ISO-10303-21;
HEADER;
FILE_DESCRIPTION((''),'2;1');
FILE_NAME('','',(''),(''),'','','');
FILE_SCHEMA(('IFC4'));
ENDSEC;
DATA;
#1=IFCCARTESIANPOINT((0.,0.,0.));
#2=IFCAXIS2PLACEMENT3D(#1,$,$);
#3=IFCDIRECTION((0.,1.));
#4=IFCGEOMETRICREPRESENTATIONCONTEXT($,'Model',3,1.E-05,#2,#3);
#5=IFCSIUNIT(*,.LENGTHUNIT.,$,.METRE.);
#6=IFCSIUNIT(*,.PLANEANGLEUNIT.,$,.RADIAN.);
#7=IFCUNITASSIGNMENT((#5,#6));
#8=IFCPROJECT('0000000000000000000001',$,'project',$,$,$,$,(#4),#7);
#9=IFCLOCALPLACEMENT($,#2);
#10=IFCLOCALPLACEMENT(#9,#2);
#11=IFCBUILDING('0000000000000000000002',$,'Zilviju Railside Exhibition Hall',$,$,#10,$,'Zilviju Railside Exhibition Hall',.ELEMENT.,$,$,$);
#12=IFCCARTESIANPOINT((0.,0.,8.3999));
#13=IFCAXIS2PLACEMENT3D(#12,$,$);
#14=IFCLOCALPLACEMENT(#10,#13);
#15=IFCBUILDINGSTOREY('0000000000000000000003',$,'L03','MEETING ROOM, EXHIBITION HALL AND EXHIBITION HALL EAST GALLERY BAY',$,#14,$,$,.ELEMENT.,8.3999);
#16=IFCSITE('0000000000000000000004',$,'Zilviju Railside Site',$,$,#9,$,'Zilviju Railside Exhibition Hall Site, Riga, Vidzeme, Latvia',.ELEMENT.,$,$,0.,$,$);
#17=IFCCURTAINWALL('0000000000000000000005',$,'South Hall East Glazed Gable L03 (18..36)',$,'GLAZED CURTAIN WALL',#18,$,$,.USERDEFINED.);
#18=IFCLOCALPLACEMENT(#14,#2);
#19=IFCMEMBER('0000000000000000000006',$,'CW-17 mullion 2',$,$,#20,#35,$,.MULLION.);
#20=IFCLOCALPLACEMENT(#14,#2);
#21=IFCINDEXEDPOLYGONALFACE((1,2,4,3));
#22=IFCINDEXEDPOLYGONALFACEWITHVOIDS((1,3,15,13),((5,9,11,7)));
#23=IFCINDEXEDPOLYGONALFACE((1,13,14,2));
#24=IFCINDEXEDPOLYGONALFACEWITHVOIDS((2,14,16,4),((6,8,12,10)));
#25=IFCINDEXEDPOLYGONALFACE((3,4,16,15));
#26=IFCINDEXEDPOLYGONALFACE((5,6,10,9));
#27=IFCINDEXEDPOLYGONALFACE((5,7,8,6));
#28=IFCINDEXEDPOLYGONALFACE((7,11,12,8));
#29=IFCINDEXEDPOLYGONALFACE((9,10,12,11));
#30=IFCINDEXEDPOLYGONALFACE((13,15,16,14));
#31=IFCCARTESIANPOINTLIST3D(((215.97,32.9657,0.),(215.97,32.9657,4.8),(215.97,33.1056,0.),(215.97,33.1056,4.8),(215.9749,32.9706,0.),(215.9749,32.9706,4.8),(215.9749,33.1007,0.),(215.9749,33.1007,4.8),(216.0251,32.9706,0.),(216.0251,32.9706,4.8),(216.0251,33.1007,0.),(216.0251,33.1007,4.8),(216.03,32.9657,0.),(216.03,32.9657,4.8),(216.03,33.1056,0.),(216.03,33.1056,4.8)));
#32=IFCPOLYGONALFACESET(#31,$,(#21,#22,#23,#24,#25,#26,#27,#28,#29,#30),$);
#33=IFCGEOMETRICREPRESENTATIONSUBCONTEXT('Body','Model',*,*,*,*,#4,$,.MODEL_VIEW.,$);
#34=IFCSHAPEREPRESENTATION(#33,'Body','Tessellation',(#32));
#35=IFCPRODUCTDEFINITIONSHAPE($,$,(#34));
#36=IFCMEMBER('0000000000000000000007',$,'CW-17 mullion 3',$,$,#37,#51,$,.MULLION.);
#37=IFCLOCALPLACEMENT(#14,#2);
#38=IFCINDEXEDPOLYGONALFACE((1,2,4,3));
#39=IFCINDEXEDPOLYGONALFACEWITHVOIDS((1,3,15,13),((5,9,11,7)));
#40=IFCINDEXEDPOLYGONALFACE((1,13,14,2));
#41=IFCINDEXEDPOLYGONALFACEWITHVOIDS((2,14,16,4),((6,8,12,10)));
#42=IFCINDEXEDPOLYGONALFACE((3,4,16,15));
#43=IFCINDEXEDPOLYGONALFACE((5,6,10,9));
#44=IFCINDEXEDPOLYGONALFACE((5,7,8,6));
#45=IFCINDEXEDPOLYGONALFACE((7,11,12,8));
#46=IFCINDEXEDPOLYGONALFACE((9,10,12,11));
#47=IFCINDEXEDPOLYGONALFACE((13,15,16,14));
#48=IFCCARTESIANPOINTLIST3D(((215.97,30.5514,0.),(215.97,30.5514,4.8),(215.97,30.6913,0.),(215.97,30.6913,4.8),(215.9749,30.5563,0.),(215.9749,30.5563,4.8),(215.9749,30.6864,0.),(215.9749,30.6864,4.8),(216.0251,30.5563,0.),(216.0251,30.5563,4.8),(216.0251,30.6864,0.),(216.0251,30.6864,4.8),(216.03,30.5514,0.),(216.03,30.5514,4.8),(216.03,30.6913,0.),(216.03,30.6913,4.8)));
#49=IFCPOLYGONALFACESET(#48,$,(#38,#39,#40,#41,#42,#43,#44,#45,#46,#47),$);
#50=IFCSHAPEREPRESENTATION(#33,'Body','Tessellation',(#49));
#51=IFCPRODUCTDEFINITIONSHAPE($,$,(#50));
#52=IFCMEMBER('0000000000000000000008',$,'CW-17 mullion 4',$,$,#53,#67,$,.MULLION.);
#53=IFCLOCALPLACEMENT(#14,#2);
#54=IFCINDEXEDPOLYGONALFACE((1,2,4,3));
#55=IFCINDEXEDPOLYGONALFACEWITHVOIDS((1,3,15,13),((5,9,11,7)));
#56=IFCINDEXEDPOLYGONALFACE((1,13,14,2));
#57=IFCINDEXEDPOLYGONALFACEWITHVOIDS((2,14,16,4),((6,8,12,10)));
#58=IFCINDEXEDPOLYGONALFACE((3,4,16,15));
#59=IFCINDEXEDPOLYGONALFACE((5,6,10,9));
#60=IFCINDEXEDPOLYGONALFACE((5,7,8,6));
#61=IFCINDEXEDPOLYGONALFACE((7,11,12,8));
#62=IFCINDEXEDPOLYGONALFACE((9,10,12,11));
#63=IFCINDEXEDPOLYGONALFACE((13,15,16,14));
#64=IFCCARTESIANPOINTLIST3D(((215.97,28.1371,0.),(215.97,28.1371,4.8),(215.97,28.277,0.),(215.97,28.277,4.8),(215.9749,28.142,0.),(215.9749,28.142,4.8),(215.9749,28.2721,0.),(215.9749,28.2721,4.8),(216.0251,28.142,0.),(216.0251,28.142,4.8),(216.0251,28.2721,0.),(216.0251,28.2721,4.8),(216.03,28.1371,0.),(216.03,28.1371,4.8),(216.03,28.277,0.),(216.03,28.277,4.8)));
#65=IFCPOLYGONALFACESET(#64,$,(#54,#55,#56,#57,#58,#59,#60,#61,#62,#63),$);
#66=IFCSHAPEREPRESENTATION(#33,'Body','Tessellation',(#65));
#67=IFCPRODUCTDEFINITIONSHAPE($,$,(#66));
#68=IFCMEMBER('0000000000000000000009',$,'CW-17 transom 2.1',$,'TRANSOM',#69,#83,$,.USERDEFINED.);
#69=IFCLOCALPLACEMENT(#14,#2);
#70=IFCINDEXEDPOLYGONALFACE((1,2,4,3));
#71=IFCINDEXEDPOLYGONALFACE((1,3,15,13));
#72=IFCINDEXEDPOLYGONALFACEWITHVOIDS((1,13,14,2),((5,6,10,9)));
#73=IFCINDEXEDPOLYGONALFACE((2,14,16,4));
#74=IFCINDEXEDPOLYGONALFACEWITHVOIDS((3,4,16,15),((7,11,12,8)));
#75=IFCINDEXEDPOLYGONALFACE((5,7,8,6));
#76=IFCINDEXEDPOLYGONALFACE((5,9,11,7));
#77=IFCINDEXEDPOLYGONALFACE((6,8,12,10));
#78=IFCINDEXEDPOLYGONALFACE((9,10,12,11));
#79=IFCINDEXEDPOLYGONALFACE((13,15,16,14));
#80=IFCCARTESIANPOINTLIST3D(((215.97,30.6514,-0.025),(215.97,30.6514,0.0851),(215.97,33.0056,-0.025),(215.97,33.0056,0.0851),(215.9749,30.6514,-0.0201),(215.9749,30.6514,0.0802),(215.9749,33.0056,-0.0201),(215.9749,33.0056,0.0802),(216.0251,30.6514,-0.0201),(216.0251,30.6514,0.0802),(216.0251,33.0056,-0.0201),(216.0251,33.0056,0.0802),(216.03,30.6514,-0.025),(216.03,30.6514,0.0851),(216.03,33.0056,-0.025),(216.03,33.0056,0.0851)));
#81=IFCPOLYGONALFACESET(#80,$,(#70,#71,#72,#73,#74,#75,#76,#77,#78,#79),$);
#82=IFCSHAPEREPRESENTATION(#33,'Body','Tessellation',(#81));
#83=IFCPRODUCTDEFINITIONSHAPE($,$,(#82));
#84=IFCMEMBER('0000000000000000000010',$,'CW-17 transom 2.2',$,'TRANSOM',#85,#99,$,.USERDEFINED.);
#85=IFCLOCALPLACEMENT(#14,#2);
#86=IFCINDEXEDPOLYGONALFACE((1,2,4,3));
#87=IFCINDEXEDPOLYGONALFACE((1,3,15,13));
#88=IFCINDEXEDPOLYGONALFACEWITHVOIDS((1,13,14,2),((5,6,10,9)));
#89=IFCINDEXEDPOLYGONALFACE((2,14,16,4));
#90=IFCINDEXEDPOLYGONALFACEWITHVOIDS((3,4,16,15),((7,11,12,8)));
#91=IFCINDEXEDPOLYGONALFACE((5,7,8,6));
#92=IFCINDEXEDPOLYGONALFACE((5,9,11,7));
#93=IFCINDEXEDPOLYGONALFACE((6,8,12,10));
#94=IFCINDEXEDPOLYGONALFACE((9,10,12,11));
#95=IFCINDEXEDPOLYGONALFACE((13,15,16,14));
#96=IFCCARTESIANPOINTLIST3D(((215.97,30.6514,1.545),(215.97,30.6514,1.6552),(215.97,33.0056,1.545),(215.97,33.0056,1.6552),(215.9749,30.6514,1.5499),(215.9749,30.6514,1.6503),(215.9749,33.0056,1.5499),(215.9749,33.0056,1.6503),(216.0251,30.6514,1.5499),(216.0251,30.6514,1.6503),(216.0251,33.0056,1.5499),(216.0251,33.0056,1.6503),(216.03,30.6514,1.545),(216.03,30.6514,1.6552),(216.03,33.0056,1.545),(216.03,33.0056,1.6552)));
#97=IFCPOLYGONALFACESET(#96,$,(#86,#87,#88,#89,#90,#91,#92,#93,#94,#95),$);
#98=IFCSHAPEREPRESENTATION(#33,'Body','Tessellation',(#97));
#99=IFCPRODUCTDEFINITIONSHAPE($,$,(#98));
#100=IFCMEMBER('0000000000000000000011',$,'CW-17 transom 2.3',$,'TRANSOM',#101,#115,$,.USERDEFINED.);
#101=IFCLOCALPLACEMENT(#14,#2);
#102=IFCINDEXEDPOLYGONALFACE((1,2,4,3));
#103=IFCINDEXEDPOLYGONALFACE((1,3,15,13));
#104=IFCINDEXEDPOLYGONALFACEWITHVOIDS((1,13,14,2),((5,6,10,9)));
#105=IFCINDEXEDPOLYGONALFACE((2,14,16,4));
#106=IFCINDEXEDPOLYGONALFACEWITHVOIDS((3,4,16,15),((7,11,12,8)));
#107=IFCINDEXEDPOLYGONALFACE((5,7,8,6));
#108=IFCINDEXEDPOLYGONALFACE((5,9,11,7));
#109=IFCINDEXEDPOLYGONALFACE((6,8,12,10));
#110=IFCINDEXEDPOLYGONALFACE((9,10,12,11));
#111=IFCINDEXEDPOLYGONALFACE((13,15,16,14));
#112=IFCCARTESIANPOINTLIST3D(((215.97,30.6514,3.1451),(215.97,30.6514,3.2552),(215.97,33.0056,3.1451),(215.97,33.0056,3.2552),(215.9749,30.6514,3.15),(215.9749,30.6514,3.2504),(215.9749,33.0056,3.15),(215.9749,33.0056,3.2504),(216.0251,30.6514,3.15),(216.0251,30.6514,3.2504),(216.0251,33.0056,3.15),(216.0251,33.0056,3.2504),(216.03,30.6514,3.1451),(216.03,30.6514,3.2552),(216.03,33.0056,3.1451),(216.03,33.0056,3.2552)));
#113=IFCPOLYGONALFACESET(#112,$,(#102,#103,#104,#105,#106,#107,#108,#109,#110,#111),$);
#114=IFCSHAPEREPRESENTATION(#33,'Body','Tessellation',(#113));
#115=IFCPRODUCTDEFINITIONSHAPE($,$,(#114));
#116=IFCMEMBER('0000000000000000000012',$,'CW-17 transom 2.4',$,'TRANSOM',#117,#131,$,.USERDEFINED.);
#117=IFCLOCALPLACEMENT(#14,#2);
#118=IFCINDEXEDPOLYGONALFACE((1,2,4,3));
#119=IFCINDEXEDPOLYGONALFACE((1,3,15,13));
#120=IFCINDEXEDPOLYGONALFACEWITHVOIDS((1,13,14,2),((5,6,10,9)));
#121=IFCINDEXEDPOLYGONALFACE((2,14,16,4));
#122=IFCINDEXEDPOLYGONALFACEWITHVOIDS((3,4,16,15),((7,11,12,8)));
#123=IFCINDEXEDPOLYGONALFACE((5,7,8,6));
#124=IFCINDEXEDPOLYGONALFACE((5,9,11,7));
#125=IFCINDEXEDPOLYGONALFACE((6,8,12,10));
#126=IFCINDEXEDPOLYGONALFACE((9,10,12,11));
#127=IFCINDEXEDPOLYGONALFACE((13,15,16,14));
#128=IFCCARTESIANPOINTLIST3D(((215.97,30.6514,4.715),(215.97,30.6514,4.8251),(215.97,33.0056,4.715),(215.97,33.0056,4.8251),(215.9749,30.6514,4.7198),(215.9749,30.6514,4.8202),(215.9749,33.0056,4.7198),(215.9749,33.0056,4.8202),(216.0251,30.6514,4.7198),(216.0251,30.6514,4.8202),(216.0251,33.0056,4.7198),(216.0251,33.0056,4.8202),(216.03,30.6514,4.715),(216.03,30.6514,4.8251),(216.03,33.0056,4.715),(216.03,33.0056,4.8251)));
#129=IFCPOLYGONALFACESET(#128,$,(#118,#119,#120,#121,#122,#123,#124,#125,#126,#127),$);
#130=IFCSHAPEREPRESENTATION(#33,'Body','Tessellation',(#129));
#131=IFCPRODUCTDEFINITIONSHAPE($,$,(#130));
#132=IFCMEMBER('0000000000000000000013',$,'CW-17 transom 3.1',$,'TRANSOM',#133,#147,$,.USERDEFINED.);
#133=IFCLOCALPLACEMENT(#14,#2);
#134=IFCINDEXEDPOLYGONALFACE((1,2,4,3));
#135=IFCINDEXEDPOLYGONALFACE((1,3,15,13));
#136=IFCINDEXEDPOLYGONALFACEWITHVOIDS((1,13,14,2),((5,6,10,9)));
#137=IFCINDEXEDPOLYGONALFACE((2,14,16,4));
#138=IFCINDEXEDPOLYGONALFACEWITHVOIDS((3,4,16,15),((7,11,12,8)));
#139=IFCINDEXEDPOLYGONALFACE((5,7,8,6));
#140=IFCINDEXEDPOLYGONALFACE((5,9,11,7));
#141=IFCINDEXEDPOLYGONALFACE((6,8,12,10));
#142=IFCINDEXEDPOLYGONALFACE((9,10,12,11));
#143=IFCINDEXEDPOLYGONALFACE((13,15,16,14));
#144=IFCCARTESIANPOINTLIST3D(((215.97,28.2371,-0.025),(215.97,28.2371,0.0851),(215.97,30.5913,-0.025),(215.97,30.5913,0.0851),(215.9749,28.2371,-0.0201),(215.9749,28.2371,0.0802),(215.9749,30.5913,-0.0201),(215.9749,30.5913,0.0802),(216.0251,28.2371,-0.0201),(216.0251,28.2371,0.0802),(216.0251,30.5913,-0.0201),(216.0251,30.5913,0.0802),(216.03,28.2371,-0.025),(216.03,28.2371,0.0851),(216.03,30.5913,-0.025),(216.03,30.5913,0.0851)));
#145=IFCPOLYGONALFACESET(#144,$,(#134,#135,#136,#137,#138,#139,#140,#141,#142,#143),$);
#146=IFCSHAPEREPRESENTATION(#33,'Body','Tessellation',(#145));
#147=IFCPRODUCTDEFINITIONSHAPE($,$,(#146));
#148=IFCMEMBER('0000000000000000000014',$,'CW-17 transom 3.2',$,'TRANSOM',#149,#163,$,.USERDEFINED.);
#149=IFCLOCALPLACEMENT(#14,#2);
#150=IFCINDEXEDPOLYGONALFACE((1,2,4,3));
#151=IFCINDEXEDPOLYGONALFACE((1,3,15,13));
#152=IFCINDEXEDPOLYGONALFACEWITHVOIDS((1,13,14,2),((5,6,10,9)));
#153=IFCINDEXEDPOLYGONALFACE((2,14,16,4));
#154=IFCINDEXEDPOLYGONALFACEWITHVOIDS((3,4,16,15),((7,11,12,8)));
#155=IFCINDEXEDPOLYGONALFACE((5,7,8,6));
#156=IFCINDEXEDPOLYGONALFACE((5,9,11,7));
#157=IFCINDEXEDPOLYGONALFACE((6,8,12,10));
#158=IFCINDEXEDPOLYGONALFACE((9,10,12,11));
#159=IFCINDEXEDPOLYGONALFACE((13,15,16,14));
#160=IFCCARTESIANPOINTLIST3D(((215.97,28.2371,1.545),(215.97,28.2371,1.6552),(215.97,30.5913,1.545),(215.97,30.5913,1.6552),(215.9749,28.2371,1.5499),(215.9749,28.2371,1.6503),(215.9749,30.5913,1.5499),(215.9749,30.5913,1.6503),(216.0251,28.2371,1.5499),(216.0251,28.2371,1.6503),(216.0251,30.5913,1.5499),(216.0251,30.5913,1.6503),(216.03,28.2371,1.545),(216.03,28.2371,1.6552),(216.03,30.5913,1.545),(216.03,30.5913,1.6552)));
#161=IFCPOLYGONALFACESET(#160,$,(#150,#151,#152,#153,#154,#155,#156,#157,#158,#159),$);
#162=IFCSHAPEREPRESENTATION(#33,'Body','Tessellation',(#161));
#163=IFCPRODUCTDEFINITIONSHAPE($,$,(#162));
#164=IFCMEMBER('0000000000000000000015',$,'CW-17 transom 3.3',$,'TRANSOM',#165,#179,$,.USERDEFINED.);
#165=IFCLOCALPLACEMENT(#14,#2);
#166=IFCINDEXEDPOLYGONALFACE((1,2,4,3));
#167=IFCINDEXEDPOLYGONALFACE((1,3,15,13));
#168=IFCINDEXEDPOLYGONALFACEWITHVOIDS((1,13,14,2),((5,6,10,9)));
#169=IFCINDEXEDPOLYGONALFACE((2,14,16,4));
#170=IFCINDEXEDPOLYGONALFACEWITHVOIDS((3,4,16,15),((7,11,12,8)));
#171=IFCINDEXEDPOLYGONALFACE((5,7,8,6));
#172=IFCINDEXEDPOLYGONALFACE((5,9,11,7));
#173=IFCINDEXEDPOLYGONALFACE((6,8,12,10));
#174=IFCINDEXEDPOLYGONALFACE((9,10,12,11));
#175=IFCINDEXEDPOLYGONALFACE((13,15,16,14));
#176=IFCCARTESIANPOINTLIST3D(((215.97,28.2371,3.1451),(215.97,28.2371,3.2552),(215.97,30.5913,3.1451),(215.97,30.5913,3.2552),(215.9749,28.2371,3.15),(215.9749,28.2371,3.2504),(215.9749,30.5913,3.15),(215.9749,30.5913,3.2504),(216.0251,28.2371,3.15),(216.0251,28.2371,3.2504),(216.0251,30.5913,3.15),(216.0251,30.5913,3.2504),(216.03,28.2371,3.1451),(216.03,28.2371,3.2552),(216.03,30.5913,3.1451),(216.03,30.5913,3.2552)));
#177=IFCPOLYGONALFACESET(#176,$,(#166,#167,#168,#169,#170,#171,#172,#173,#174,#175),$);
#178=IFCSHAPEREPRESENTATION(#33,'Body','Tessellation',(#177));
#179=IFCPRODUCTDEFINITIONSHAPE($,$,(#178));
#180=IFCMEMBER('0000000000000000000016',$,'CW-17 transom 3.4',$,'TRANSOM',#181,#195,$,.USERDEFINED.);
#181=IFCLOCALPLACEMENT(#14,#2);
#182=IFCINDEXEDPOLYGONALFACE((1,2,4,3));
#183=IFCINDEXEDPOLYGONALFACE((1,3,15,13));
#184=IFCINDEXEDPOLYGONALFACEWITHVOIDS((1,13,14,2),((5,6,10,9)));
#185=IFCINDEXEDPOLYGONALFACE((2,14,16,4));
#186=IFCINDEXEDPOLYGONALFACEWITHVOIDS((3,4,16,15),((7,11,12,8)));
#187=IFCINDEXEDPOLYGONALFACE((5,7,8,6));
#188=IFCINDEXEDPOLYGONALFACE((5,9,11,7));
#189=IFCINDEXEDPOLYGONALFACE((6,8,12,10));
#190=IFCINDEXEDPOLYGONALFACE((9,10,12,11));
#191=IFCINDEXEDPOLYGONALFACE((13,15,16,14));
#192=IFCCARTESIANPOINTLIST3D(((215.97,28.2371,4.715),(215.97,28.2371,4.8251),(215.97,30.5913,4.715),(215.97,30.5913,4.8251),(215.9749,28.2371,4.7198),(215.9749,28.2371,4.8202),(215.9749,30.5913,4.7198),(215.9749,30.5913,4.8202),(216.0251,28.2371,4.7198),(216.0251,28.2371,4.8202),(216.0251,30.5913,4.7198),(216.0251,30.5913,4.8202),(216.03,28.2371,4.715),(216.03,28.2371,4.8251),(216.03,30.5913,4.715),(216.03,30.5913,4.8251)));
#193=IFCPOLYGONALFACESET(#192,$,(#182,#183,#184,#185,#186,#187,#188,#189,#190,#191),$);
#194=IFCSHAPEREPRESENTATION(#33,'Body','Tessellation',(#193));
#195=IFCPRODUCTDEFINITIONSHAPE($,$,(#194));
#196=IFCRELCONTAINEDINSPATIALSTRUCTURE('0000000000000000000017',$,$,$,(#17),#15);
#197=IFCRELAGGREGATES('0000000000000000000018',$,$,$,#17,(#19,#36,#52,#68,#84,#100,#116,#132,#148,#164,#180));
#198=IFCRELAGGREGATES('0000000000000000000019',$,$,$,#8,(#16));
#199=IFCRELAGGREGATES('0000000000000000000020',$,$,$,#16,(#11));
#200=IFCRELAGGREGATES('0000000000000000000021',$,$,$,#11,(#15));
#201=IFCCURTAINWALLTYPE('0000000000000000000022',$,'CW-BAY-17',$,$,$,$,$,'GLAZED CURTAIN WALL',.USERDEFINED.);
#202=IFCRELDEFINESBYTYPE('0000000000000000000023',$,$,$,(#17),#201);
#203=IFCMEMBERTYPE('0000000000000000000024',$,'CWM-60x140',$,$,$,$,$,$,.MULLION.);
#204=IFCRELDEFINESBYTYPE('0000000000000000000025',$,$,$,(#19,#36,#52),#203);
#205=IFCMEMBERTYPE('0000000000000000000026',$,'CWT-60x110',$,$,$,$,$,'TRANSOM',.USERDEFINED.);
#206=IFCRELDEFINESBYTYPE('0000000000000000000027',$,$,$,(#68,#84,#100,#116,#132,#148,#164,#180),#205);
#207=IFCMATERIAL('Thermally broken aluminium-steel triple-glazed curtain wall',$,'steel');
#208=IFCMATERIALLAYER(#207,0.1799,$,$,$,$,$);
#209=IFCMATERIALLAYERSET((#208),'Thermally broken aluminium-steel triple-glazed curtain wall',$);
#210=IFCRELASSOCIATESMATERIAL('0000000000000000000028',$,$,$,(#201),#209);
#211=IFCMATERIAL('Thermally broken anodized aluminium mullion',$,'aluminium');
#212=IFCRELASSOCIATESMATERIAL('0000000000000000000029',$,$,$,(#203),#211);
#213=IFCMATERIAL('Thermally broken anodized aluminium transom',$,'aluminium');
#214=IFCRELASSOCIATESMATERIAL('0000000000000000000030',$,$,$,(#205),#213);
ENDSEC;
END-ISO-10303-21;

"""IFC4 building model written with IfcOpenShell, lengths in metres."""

from ifc_helpers import new_model, si_unit, direction, frame, origin, origin_2d, place, context, subcontext, project, spatial, hollow_rectangle, extrude, material, layer, layer_set, material_profile, profile_set, type_object, element, aggregate, save


model = new_model("IFC4")

# Units and contexts
model_context = context("Model", 3, precision=1e-05, world=origin(), true_north=direction((0.0, 1.0)))
body_context = subcontext(model_context, "Body", "Model", "MODEL_VIEW")
ifc_project = project(units=[si_unit("LENGTHUNIT", "METRE"), si_unit("PLANEANGLEUNIT", "RADIAN")], contexts=[model_context])

# Site, building, storey
site_placement = place(None, origin())
site = spatial("IfcSite", under=ifc_project, at=site_placement, Name="Zilviju Railside Site", LongName="Zilviju Railside Exhibition Hall Site, Riga, Vidzeme, Latvia", CompositionType="ELEMENT", RefElevation=0.0)
building_placement = place(site_placement, origin())
building = spatial("IfcBuilding", under=site, at=building_placement, Name="Zilviju Railside Exhibition Hall", LongName="Zilviju Railside Exhibition Hall", CompositionType="ELEMENT")
storey_placement = place(building_placement, frame((0.0, 0.0, 8.3999)))
storey = spatial("IfcBuildingStorey", under=building, at=storey_placement, Name="L03", Description="MEETING ROOM, EXHIBITION HALL AND EXHIBITION HALL EAST GALLERY BAY", CompositionType="ELEMENT", Elevation=8.3999)

# Curtain wall, members
ifc_material_1 = material(Name="Thermally broken aluminium-steel triple-glazed curtain wall", Category="steel")
ifc_layer_1 = layer(ifc_material_1, 0.1799)
ifc_layer_set_1 = layer_set([ifc_layer_1], Name="Thermally broken aluminium-steel triple-glazed curtain wall")
curtain_wall_type = type_object("IfcCurtainWallType", Name="CW-BAY-17", ElementType="GLAZED CURTAIN WALL", PredefinedType="USERDEFINED", material=ifc_layer_set_1)
curtain_wall_placement = place(storey_placement, origin())
curtain_wall = element("IfcCurtainWall", 1, at=curtain_wall_placement, inside=storey, type_object=curtain_wall_type, Name="South Hall East Glazed Gable L03 (18..36)", ObjectType="GLAZED CURTAIN WALL", PredefinedType="USERDEFINED")
ifc_material_2 = material(Name="Thermally broken anodized aluminium mullion", Category="aluminium")
ifc_material_profile_1 = material_profile(ifc_material_2, hollow_rectangle(XDim=0.0601, YDim=0.1399, WallThickness=0.0049, at=origin_2d()), Name="MULLION 140x60x5")
ifc_profile_set_1 = profile_set([ifc_material_profile_1], Name="Thermally broken anodized aluminium mullion")
member_type_1 = type_object("IfcMemberType", Name="CWM-60x140", PredefinedType="MULLION", material=ifc_profile_set_1)
member_1_placement = place(storey_placement, frame((216.0, 33.0356, 0.0), z_axis=(0.0, 0.0, 1.0), x_axis=(1.0, 0.0, 0.0)))
member_1 = element("IfcMember", 2, at=member_1_placement, type_object=member_type_1, Name="CW-17 mullion 2", PredefinedType="MULLION", context=body_context, shape_type="SweptSolid", body=[
    extrude(hollow_rectangle(XDim=0.0601, YDim=0.1399, WallThickness=0.0049, at=origin_2d()), origin(), (0.0, 0.0, 1.0), 4.8),
])
member_2_placement = place(storey_placement, frame((216.0, 30.6213, 0.0), z_axis=(0.0, 0.0, 1.0), x_axis=(1.0, 0.0, 0.0)))
member_2 = element("IfcMember", 3, at=member_2_placement, type_object=member_type_1, Name="CW-17 mullion 3", PredefinedType="MULLION", context=body_context, shape_type="SweptSolid", body=[
    extrude(hollow_rectangle(XDim=0.0601, YDim=0.1399, WallThickness=0.0049, at=origin_2d()), origin(), (0.0, 0.0, 1.0), 4.8),
])
member_3_placement = place(storey_placement, frame((216.0, 28.207, 0.0), z_axis=(0.0, 0.0, 1.0), x_axis=(1.0, 0.0, 0.0)))
member_3 = element("IfcMember", 4, at=member_3_placement, type_object=member_type_1, Name="CW-17 mullion 4", PredefinedType="MULLION", context=body_context, shape_type="SweptSolid", body=[
    extrude(hollow_rectangle(XDim=0.0601, YDim=0.1399, WallThickness=0.0049, at=origin_2d()), origin(), (0.0, 0.0, 1.0), 4.8),
])
ifc_material_3 = material(Name="Thermally broken anodized aluminium transom", Category="aluminium")
ifc_material_profile_2 = material_profile(ifc_material_3, hollow_rectangle(XDim=0.0601, YDim=0.1101, WallThickness=0.0049, at=origin_2d()), Name="TRANSOM 110x60x5")
ifc_profile_set_2 = profile_set([ifc_material_profile_2], Name="Thermally broken anodized aluminium transom")
member_type_2 = type_object("IfcMemberType", Name="CWT-60x110", ElementType="TRANSOM", PredefinedType="USERDEFINED", material=ifc_profile_set_2)
member_4_placement = place(storey_placement, frame((216.0, 33.0056, 0.03), z_axis=(0.0, -1.0, 0.0), x_axis=(1.0, 0.0, 0.0)))
member_4 = element("IfcMember", 5, at=member_4_placement, type_object=member_type_2, Name="CW-17 transom 2.1", ObjectType="TRANSOM", PredefinedType="USERDEFINED", context=body_context, shape_type="SweptSolid", body=[
    extrude(hollow_rectangle(XDim=0.0601, YDim=0.1101, WallThickness=0.0049, at=origin_2d()), origin(), (0.0, 0.0, 1.0), 2.3542),
])
member_5_placement = place(storey_placement, frame((216.0, 33.0056, 1.6001), z_axis=(0.0, -1.0, 0.0), x_axis=(1.0, 0.0, 0.0)))
member_5 = element("IfcMember", 6, at=member_5_placement, type_object=member_type_2, Name="CW-17 transom 2.2", ObjectType="TRANSOM", PredefinedType="USERDEFINED", context=body_context, shape_type="SweptSolid", body=[
    extrude(hollow_rectangle(XDim=0.0601, YDim=0.1101, WallThickness=0.0049, at=origin_2d()), origin(), (0.0, 0.0, 1.0), 2.3542),
])
member_6_placement = place(storey_placement, frame((216.0, 33.0056, 3.2002), z_axis=(0.0, -1.0, 0.0), x_axis=(1.0, 0.0, 0.0)))
member_6 = element("IfcMember", 7, at=member_6_placement, type_object=member_type_2, Name="CW-17 transom 2.3", ObjectType="TRANSOM", PredefinedType="USERDEFINED", context=body_context, shape_type="SweptSolid", body=[
    extrude(hollow_rectangle(XDim=0.0601, YDim=0.1101, WallThickness=0.0049, at=origin_2d()), origin(), (0.0, 0.0, 1.0), 2.3542),
])
member_7_placement = place(storey_placement, frame((216.0, 33.0056, 4.77), z_axis=(0.0, -1.0, 0.0), x_axis=(1.0, 0.0, 0.0)))
member_7 = element("IfcMember", 8, at=member_7_placement, type_object=member_type_2, Name="CW-17 transom 2.4", ObjectType="TRANSOM", PredefinedType="USERDEFINED", context=body_context, shape_type="SweptSolid", body=[
    extrude(hollow_rectangle(XDim=0.0601, YDim=0.1101, WallThickness=0.0049, at=origin_2d()), origin(), (0.0, 0.0, 1.0), 2.3542),
])
member_8_placement = place(storey_placement, frame((216.0, 30.5913, 0.03), z_axis=(0.0, -1.0, 0.0), x_axis=(1.0, 0.0, 0.0)))
member_8 = element("IfcMember", 9, at=member_8_placement, type_object=member_type_2, Name="CW-17 transom 3.1", ObjectType="TRANSOM", PredefinedType="USERDEFINED", context=body_context, shape_type="SweptSolid", body=[
    extrude(hollow_rectangle(XDim=0.0601, YDim=0.1101, WallThickness=0.0049, at=origin_2d()), origin(), (0.0, 0.0, 1.0), 2.3542),
])
member_9_placement = place(storey_placement, frame((216.0, 30.5913, 1.6001), z_axis=(0.0, -1.0, 0.0), x_axis=(1.0, 0.0, 0.0)))
member_9 = element("IfcMember", 10, at=member_9_placement, type_object=member_type_2, Name="CW-17 transom 3.2", ObjectType="TRANSOM", PredefinedType="USERDEFINED", context=body_context, shape_type="SweptSolid", body=[
    extrude(hollow_rectangle(XDim=0.0601, YDim=0.1101, WallThickness=0.0049, at=origin_2d()), origin(), (0.0, 0.0, 1.0), 2.3542),
])
member_10_placement = place(storey_placement, frame((216.0, 30.5913, 3.2002), z_axis=(0.0, -1.0, 0.0), x_axis=(1.0, 0.0, 0.0)))
member_10 = element("IfcMember", 11, at=member_10_placement, type_object=member_type_2, Name="CW-17 transom 3.3", ObjectType="TRANSOM", PredefinedType="USERDEFINED", context=body_context, shape_type="SweptSolid", body=[
    extrude(hollow_rectangle(XDim=0.0601, YDim=0.1101, WallThickness=0.0049, at=origin_2d()), origin(), (0.0, 0.0, 1.0), 2.3542),
])
member_11_placement = place(storey_placement, frame((216.0, 30.5913, 4.77), z_axis=(0.0, -1.0, 0.0), x_axis=(1.0, 0.0, 0.0)))
member_11 = element("IfcMember", 12, at=member_11_placement, type_object=member_type_2, Name="CW-17 transom 3.4", ObjectType="TRANSOM", PredefinedType="USERDEFINED", context=body_context, shape_type="SweptSolid", body=[
    extrude(hollow_rectangle(XDim=0.0601, YDim=0.1101, WallThickness=0.0049, at=origin_2d()), origin(), (0.0, 0.0, 1.0), 2.3542),
])
aggregate(curtain_wall, [member_1, member_2, member_3, member_4, member_5, member_6, member_7, member_8, member_9, member_10, member_11])

save(model, "model.ifc")
